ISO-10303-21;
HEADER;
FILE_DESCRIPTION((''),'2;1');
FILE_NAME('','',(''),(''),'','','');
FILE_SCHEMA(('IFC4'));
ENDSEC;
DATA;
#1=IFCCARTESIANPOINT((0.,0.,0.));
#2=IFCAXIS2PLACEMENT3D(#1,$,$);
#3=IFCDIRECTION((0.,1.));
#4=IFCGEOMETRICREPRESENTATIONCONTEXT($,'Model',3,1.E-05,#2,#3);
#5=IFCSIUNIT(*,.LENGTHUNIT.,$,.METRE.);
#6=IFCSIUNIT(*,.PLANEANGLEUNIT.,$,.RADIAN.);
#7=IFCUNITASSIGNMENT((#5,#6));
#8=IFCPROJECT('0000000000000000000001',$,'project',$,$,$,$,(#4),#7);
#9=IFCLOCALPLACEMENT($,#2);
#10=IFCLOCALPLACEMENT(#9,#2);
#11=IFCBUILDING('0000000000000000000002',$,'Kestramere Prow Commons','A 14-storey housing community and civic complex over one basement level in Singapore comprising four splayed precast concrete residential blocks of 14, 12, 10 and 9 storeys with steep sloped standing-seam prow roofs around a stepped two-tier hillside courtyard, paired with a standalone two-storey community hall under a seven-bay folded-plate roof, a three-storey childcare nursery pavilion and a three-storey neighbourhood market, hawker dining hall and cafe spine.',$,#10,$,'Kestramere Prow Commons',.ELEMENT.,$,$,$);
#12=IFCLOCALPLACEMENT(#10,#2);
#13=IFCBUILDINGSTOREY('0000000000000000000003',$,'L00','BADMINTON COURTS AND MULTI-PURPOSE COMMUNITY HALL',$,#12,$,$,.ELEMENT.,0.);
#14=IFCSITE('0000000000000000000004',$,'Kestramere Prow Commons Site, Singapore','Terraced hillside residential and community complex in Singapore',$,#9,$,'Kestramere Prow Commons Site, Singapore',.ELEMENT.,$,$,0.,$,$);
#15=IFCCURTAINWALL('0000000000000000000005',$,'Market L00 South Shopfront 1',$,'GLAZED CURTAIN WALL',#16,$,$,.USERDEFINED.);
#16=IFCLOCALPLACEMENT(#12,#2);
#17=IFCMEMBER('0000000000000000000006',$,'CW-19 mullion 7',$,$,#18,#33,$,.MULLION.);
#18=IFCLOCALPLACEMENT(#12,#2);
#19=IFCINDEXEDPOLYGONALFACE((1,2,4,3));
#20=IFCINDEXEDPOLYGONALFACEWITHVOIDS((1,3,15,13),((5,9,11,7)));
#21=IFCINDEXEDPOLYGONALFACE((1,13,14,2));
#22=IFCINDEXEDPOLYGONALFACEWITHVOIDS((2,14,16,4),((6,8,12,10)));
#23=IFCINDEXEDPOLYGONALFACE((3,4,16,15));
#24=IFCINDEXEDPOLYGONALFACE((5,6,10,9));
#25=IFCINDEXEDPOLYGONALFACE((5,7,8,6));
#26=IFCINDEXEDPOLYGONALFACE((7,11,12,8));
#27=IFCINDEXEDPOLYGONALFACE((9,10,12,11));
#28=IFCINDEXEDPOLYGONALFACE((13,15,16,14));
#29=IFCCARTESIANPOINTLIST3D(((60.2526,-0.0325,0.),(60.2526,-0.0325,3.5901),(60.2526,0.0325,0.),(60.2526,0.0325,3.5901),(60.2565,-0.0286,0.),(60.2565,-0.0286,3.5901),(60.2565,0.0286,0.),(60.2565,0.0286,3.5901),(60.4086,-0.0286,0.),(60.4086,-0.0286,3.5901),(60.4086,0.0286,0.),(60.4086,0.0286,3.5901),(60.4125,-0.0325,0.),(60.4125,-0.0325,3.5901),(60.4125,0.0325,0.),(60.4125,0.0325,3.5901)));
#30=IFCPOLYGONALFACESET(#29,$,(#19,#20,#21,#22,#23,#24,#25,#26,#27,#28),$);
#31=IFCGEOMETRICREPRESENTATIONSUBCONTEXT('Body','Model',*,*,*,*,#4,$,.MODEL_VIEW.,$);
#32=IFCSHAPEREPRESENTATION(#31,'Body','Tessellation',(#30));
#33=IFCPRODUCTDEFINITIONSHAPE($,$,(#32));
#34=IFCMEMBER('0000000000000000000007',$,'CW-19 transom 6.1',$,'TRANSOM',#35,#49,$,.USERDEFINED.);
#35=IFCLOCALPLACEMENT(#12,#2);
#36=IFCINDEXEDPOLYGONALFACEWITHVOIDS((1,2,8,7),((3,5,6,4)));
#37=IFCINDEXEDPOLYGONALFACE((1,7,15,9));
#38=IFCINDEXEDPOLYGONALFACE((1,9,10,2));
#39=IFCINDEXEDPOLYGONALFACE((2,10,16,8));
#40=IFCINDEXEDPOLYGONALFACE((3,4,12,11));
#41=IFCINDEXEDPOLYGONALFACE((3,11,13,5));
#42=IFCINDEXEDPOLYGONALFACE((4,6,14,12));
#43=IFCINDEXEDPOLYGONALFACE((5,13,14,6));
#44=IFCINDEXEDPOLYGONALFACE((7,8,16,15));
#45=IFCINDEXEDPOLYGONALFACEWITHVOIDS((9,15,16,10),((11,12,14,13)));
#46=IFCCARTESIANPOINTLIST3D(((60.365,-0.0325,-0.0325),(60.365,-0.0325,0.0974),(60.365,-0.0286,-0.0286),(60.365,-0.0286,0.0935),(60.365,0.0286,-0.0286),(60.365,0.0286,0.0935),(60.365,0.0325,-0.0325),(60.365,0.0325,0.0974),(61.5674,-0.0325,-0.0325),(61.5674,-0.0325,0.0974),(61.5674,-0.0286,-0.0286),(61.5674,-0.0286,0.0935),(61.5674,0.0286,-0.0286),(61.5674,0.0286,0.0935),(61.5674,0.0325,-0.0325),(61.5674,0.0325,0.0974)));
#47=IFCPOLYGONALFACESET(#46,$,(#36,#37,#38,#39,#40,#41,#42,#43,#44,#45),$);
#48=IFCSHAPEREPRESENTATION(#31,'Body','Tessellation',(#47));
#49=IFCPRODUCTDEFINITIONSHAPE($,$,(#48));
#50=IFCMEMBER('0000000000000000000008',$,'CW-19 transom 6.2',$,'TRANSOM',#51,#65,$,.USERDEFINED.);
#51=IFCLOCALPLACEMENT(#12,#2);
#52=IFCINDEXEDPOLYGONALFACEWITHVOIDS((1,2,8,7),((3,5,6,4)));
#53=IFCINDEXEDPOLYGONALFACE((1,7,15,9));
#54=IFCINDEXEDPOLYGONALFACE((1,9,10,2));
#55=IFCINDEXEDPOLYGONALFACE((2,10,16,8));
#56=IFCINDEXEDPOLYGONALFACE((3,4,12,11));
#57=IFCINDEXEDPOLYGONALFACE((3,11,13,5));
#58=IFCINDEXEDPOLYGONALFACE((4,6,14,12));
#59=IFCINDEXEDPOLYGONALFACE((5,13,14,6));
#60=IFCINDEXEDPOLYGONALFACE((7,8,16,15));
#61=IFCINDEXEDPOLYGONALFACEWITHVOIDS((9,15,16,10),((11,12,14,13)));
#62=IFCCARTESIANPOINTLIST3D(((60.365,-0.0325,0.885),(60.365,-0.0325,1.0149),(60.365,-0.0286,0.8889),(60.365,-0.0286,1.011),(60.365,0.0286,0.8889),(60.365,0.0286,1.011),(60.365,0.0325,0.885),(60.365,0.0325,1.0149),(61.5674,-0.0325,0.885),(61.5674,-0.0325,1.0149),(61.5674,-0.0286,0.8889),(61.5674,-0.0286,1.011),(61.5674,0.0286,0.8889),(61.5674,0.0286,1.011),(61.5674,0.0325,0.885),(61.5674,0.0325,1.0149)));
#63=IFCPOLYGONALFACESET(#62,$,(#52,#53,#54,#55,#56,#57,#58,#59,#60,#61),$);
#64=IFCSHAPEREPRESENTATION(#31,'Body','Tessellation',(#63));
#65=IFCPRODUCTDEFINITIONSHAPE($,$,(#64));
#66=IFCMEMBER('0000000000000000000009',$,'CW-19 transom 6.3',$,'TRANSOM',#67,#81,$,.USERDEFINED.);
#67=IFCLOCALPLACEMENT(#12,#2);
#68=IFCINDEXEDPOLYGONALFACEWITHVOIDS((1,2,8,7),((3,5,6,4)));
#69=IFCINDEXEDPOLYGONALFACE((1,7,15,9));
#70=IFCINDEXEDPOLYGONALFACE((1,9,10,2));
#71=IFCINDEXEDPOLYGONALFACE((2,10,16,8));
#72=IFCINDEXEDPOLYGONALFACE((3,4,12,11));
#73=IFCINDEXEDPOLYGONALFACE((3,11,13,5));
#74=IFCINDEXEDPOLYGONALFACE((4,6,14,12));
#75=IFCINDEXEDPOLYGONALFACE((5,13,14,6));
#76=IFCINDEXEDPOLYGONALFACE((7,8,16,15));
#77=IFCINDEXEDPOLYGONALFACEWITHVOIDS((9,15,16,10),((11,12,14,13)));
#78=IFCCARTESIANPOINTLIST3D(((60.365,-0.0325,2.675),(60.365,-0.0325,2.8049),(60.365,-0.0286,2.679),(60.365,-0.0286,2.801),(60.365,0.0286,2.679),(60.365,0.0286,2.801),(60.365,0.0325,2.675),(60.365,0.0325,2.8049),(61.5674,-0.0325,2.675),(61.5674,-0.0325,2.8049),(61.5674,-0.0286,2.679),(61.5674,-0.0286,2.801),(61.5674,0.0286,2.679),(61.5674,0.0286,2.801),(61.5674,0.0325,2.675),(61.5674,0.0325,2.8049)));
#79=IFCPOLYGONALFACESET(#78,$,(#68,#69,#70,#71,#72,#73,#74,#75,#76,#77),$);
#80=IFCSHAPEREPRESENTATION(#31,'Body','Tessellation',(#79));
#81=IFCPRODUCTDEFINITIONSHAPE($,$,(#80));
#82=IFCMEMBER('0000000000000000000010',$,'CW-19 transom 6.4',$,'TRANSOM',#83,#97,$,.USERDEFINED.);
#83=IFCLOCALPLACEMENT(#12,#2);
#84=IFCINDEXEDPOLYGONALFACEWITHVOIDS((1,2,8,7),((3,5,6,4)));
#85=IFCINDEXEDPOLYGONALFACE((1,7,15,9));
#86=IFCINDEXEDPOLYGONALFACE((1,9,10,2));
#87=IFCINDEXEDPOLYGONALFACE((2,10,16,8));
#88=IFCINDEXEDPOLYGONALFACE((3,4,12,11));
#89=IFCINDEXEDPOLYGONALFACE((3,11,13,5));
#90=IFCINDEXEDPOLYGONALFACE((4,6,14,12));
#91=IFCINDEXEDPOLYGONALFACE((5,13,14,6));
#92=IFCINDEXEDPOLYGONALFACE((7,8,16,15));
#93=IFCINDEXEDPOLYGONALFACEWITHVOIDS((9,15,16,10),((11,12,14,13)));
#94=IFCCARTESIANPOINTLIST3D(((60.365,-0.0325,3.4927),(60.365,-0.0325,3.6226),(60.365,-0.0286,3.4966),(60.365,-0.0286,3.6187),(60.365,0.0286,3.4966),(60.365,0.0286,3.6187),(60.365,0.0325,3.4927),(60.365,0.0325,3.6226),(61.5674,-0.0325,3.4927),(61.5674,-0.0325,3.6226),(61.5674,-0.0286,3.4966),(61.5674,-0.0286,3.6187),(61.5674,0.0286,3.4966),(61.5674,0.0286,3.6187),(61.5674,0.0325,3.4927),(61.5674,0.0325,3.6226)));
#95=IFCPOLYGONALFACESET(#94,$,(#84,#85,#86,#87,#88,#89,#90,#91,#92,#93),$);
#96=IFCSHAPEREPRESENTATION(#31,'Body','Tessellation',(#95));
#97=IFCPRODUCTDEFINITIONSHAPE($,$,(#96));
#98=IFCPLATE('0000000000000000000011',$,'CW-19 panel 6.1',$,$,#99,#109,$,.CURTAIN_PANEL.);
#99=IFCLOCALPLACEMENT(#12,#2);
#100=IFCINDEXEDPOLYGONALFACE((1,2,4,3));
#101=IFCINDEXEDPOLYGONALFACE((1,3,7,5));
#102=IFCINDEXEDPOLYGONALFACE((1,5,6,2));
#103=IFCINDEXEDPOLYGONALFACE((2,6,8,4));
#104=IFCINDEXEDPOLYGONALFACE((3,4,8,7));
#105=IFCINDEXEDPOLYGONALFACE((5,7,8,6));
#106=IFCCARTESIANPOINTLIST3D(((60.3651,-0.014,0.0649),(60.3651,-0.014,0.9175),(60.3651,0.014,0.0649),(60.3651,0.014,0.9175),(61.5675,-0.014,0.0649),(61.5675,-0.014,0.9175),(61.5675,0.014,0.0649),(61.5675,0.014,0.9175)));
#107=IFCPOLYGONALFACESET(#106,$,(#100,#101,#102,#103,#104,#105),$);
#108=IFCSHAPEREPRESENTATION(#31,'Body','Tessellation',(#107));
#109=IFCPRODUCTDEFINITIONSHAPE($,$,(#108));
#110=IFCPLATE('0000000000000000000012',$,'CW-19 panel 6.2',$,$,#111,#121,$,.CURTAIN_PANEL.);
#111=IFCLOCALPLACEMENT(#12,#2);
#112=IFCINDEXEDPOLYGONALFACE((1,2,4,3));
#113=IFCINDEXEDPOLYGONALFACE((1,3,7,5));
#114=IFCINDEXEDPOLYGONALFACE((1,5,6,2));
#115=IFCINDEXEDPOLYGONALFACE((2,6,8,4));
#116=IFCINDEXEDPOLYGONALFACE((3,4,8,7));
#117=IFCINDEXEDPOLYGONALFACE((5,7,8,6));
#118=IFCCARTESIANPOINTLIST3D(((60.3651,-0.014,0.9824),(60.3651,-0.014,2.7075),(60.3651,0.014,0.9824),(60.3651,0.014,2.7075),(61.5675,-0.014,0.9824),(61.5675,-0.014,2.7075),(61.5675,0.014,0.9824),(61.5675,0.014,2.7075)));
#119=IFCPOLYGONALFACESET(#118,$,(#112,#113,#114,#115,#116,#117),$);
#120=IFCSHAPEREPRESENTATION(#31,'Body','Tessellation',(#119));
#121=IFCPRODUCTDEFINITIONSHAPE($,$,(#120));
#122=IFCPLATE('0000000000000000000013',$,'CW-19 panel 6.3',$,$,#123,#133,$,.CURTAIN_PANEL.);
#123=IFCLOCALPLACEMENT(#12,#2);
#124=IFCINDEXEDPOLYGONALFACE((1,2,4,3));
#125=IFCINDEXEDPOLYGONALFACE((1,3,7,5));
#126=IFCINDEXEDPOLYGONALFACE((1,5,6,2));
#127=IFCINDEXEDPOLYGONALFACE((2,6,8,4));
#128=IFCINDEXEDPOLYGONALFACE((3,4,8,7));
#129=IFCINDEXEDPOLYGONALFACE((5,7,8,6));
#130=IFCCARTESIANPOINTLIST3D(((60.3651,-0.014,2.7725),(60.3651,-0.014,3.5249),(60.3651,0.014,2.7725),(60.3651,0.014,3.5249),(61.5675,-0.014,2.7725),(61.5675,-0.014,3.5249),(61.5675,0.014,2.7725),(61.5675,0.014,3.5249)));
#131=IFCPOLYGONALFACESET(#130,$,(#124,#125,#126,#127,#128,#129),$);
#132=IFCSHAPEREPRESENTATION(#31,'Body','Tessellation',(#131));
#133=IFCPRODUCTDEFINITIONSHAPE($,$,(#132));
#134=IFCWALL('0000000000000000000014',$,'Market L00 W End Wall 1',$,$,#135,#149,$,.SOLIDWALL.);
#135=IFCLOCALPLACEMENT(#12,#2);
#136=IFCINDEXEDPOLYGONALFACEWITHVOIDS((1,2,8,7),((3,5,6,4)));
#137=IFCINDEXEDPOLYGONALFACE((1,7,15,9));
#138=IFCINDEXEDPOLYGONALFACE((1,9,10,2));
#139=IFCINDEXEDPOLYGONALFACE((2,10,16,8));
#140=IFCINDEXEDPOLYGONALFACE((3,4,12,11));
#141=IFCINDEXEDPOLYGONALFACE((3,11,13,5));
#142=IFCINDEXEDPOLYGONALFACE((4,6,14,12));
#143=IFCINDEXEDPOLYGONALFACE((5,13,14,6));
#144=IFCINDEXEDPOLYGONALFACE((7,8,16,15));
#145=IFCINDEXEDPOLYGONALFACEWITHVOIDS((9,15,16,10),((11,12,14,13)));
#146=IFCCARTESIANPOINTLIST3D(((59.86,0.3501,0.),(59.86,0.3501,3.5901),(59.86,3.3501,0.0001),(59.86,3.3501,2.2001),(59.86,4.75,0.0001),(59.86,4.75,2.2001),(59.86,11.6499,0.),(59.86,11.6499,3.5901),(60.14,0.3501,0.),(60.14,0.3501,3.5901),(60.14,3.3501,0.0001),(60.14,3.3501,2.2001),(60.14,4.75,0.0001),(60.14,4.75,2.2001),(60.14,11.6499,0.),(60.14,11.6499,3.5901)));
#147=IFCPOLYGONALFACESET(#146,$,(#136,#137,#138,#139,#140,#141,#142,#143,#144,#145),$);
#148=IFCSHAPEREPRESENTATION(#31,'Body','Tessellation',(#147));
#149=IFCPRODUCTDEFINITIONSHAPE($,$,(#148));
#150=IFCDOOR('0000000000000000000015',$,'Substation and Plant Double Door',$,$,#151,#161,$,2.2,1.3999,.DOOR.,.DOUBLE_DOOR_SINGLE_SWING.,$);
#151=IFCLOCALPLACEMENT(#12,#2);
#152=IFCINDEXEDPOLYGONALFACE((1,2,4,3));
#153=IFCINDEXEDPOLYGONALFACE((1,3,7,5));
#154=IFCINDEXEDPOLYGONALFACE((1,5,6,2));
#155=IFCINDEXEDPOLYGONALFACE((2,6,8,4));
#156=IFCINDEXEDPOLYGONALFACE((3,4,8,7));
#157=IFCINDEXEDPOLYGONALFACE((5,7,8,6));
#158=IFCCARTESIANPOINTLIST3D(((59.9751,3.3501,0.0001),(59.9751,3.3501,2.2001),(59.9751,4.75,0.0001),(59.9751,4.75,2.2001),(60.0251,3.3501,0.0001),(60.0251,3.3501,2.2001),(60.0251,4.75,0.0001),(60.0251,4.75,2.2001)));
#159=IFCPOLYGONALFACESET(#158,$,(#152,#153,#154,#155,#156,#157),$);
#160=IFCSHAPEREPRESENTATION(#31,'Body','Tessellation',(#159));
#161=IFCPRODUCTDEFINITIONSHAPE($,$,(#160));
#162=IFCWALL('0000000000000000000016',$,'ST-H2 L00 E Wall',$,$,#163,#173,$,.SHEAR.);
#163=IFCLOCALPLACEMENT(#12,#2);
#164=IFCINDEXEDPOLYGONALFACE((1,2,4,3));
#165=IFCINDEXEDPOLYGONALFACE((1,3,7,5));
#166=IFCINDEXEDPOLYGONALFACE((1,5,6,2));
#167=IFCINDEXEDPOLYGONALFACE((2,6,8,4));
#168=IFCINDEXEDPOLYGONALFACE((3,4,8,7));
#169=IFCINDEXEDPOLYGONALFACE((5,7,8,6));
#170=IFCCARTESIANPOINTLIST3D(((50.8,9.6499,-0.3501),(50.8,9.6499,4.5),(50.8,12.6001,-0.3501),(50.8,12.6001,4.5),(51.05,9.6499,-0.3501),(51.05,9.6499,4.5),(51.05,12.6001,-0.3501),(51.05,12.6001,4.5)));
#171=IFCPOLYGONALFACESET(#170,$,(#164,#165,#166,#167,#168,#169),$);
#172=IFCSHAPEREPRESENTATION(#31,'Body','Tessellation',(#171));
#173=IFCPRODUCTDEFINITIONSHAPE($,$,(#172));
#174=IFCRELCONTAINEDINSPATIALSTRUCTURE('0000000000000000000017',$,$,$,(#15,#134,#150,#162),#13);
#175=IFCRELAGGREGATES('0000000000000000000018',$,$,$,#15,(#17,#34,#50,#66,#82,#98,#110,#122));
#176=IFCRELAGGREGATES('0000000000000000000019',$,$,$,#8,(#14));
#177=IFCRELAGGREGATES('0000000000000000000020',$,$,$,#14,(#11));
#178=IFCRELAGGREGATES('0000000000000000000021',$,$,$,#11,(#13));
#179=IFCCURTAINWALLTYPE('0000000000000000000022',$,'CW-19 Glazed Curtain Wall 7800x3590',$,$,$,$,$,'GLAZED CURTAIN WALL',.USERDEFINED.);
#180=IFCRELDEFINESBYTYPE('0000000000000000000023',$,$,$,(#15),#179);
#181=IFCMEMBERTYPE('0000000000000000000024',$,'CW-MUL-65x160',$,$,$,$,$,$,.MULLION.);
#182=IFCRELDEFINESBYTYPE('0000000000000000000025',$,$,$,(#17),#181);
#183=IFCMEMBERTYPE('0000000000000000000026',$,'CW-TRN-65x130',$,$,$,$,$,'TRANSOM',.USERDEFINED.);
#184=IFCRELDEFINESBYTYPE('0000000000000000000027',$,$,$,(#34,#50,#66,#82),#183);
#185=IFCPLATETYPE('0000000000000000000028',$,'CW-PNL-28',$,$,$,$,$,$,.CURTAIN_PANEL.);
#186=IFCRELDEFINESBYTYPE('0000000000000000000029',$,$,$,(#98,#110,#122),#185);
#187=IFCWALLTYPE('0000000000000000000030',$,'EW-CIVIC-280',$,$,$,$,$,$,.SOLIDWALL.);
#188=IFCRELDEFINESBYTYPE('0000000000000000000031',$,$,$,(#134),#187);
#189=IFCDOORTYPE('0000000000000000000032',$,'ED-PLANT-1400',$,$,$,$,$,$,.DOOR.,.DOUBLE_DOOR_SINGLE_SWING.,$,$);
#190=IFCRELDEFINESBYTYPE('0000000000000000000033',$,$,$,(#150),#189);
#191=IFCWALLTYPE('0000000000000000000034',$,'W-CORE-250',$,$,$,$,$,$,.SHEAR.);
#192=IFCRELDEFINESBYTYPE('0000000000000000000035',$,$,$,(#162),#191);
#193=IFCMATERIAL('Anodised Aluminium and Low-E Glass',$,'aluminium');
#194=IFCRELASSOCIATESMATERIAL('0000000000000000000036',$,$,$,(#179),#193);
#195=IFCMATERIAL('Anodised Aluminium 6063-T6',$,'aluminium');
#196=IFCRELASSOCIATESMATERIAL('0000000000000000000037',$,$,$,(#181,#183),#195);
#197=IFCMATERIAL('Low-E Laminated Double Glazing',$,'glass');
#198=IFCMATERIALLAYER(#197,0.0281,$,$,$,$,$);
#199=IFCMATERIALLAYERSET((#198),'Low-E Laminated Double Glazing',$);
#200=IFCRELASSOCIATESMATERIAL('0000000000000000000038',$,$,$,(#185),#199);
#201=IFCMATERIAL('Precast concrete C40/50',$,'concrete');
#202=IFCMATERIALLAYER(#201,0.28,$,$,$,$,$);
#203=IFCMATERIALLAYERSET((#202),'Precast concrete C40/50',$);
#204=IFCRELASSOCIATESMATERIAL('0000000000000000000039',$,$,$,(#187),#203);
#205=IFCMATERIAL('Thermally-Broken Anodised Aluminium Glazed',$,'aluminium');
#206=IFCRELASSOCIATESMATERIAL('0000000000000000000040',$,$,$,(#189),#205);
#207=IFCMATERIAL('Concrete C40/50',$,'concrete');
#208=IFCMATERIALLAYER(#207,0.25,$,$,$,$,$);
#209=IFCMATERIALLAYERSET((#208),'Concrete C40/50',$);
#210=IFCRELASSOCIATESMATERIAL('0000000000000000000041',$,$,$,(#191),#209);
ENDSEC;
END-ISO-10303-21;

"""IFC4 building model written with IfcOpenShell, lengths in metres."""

from ifc_helpers import new_model, si_unit, direction, frame, frame_2d, origin, origin_2d, place, context, subcontext, project, spatial, rectangle, hollow_rectangle, extrude, material, layer, layer_set, material_profile, profile_set, type_object, element, fill, aggregate, save


model = new_model("IFC4")

# Units and contexts
model_context = context("Model", 3, precision=1e-05, world=origin(), true_north=direction((0.0, 1.0)))
body_context = subcontext(model_context, "Body", "Model", "MODEL_VIEW")
ifc_project = project(units=[si_unit("LENGTHUNIT", "METRE"), si_unit("PLANEANGLEUNIT", "RADIAN")], contexts=[model_context])

# Site, building, storey
site_placement = place(None, origin())
site = spatial("IfcSite", under=ifc_project, at=site_placement, Name="Kestramere Prow Commons Site, Singapore", Description="Terraced hillside residential and community complex in Singapore", LongName="Kestramere Prow Commons Site, Singapore", CompositionType="ELEMENT", RefElevation=0.0)
building_placement = place(site_placement, origin())
building = spatial("IfcBuilding", under=site, at=building_placement, Name="Kestramere Prow Commons", Description="A 14-storey housing community and civic complex over one basement level in Singapore comprising four splayed precast concrete residential blocks of 14, 12, 10 and 9 storeys with steep sloped standing-seam prow roofs around a stepped two-tier hillside courtyard, paired with a standalone two-storey community hall under a seven-bay folded-plate roof, a three-storey childcare nursery pavilion and a three-storey neighbourhood market, hawker dining hall and cafe spine.", LongName="Kestramere Prow Commons", CompositionType="ELEMENT")
storey_placement = place(building_placement, origin())
storey = spatial("IfcBuildingStorey", under=building, at=storey_placement, Name="L00", Description="BADMINTON COURTS AND MULTI-PURPOSE COMMUNITY HALL", CompositionType="ELEMENT", Elevation=0.0)

# Shared definitions
ifc_material_1 = material(Name="Precast concrete C40/50", Category="concrete")

# Shared definitions
ifc_material_2 = material(Name="Concrete C40/50", Category="concrete")

# Curtain wall, members, plates
ifc_material_3 = material(Name="Anodised Aluminium and Low-E Glass", Category="aluminium")
curtain_wall_type = type_object("IfcCurtainWallType", Name="CW-19 Glazed Curtain Wall 7800x3590", ElementType="GLAZED CURTAIN WALL", PredefinedType="USERDEFINED", material=ifc_material_3)
curtain_wall_placement = place(storey_placement, origin())
curtain_wall = element("IfcCurtainWall", 1, at=curtain_wall_placement, inside=storey, type_object=curtain_wall_type, Name="Market L00 South Shopfront 1", ObjectType="GLAZED CURTAIN WALL", PredefinedType="USERDEFINED")
ifc_material_4 = material(Name="Anodised Aluminium 6063-T6", Category="aluminium")
ifc_material_profile_1 = material_profile(ifc_material_4, hollow_rectangle(XDim=0.0649, YDim=0.1599, WallThickness=0.0039, at=origin_2d()), Name="ALU-MUL 65x160")
ifc_profile_set_1 = profile_set([ifc_material_profile_1], Name="Anodised Aluminium 6063-T6")
member_type_1 = type_object("IfcMemberType", Name="CW-MUL-65x160", PredefinedType="MULLION", material=ifc_profile_set_1)
member_1_placement = place(storey_placement, frame((60.3325, 0.0, 0.0), z_axis=(0.0, 0.0, 1.0), x_axis=(0.0, -1.0, 0.0)))
member_1 = element("IfcMember", 2, at=member_1_placement, type_object=member_type_1, Name="CW-19 mullion 7", PredefinedType="MULLION", context=body_context, shape_type="SweptSolid", body=[
    extrude(hollow_rectangle(XDim=0.0649, YDim=0.1599, WallThickness=0.0039, at=origin_2d()), origin(), (0.0, 0.0, 1.0), 3.5901),
])
ifc_material_profile_2 = material_profile(ifc_material_4, hollow_rectangle(XDim=0.0649, YDim=0.1299, WallThickness=0.0039, at=origin_2d()), Name="ALU-TRN 65x130")
ifc_profile_set_2 = profile_set([ifc_material_profile_2], Name="Anodised Aluminium 6063-T6")
member_type_2 = type_object("IfcMemberType", Name="CW-TRN-65x130", ElementType="TRANSOM", PredefinedType="USERDEFINED", material=ifc_profile_set_2)
member_2_placement = place(storey_placement, frame((61.5674, 0.0, 0.0325), z_axis=(-1.0, 0.0, 0.0), x_axis=(0.0, -1.0, 0.0)))
member_2 = element("IfcMember", 3, at=member_2_placement, type_object=member_type_2, Name="CW-19 transom 6.1", ObjectType="TRANSOM", PredefinedType="USERDEFINED", context=body_context, shape_type="SweptSolid", body=[
    extrude(hollow_rectangle(XDim=0.0649, YDim=0.1299, WallThickness=0.0039, at=origin_2d()), origin(), (0.0, 0.0, 1.0), 1.2024),
])
member_3_placement = place(storey_placement, frame((61.5674, 0.0, 0.95), z_axis=(-1.0, 0.0, 0.0), x_axis=(0.0, -1.0, 0.0)))
member_3 = element("IfcMember", 4, at=member_3_placement, type_object=member_type_2, Name="CW-19 transom 6.2", ObjectType="TRANSOM", PredefinedType="USERDEFINED", context=body_context, shape_type="SweptSolid", body=[
    extrude(hollow_rectangle(XDim=0.0649, YDim=0.1299, WallThickness=0.0039, at=origin_2d()), origin(), (0.0, 0.0, 1.0), 1.2024),
])
member_4_placement = place(storey_placement, frame((61.5674, 0.0, 2.74), z_axis=(-1.0, 0.0, 0.0), x_axis=(0.0, -1.0, 0.0)))
member_4 = element("IfcMember", 5, at=member_4_placement, type_object=member_type_2, Name="CW-19 transom 6.3", ObjectType="TRANSOM", PredefinedType="USERDEFINED", context=body_context, shape_type="SweptSolid", body=[
    extrude(hollow_rectangle(XDim=0.0649, YDim=0.1299, WallThickness=0.0039, at=origin_2d()), origin(), (0.0, 0.0, 1.0), 1.2024),
])
member_5_placement = place(storey_placement, frame((61.5674, 0.0, 3.5576), z_axis=(-1.0, 0.0, 0.0), x_axis=(0.0, -1.0, 0.0)))
member_5 = element("IfcMember", 6, at=member_5_placement, type_object=member_type_2, Name="CW-19 transom 6.4", ObjectType="TRANSOM", PredefinedType="USERDEFINED", context=body_context, shape_type="SweptSolid", body=[
    extrude(hollow_rectangle(XDim=0.0649, YDim=0.1299, WallThickness=0.0039, at=origin_2d()), origin(), (0.0, 0.0, 1.0), 1.2024),
])
ifc_material_5 = material(Name="Low-E Laminated Double Glazing", Category="glass")
ifc_layer_1 = layer(ifc_material_5, 0.0281)
ifc_layer_set_1 = layer_set([ifc_layer_1], Name="Low-E Laminated Double Glazing")
plate_type = type_object("IfcPlateType", Name="CW-PNL-28", PredefinedType="CURTAIN_PANEL", material=ifc_layer_set_1)
plate_1_placement = place(storey_placement, frame((60.9663, 0.0, 0.0649), z_axis=(0.0, 0.0, 1.0), x_axis=(-1.0, 0.0, 0.0)))
plate_1 = element("IfcPlate", 7, at=plate_1_placement, type_object=plate_type, Name="CW-19 panel 6.1", PredefinedType="CURTAIN_PANEL", context=body_context, shape_type="SweptSolid", body=[
    extrude(rectangle(XDim=1.2024, YDim=0.0281, at=origin_2d()), origin(), (0.0, 0.0, 1.0), 0.8525),
])
plate_2_placement = place(storey_placement, frame((60.9663, 0.0, 0.9824), z_axis=(0.0, 0.0, 1.0), x_axis=(-1.0, 0.0, 0.0)))
plate_2 = element("IfcPlate", 8, at=plate_2_placement, type_object=plate_type, Name="CW-19 panel 6.2", PredefinedType="CURTAIN_PANEL", context=body_context, shape_type="SweptSolid", body=[
    extrude(rectangle(XDim=1.2024, YDim=0.0281, at=origin_2d()), origin(), (0.0, 0.0, 1.0), 1.7251),
])
plate_3_placement = place(storey_placement, frame((60.9663, 0.0, 2.7725), z_axis=(0.0, 0.0, 1.0), x_axis=(-1.0, 0.0, 0.0)))
plate_3 = element("IfcPlate", 9, at=plate_3_placement, type_object=plate_type, Name="CW-19 panel 6.3", PredefinedType="CURTAIN_PANEL", context=body_context, shape_type="SweptSolid", body=[
    extrude(rectangle(XDim=1.2024, YDim=0.0281, at=origin_2d()), origin(), (0.0, 0.0, 1.0), 0.7524),
])
aggregate(curtain_wall, [member_1, member_2, member_3, member_4, member_5, plate_1, plate_2, plate_3])

# Wall, opening, door
ifc_layer_2 = layer(ifc_material_1, 0.28)
ifc_layer_set_2 = layer_set([ifc_layer_2], Name="Precast concrete C40/50")
wall_type_1 = type_object("IfcWallType", Name="EW-CIVIC-280", PredefinedType="SOLIDWALL", material=ifc_layer_set_2)
ifc_material_6 = material(Name="Thermally-Broken Anodised Aluminium Glazed", Category="aluminium")
wall_1_placement = place(storey_placement, frame((60.0, 0.3501, 0.0), z_axis=(0.0, 0.0, 1.0), x_axis=(0.0, 1.0, 0.0)))
wall_1 = element("IfcWall", 10, at=wall_1_placement, inside=storey, type_object=wall_type_1, Name="Market L00 W End Wall 1", PredefinedType="SOLIDWALL", context=body_context, shape_type="SweptSolid", body=[
    extrude(rectangle(XDim=11.2998, YDim=0.28, at=frame_2d((5.6499, 0.0))), origin(), (0.0, 0.0, 1.0), 3.5901),
])
opening_1_placement = place(wall_1_placement, frame((3.0, 0.0, 0.0)))
opening_1 = element("IfcOpeningElement", 11, at=opening_1_placement, cuts=wall_1, PredefinedType="OPENING", context=body_context, shape_type="SweptSolid", body=[
    extrude(rectangle(XDim=1.3999, YDim=2.2, at=frame_2d((0.7, 1.1001))), frame((0.0, 0.155, 0.0), z_axis=(0.0, -1.0, 0.0), x_axis=(1.0, 0.0, 0.0)), (0.0, 0.0, 1.0), 0.3101),
])
door_type_1 = type_object("IfcDoorType", Name="ED-PLANT-1400", OperationType="DOUBLE_DOOR_SINGLE_SWING", PredefinedType="DOOR", material=ifc_material_6)
door_1_placement = place(opening_1_placement, origin())
door_1 = element("IfcDoor", 12, at=door_1_placement, inside=storey, type_object=door_type_1, Name="Substation and Plant Double Door", OperationType="DOUBLE_DOOR_SINGLE_SWING", OverallHeight=2.2, OverallWidth=1.3999, PredefinedType="DOOR", context=body_context, shape_type="SweptSolid", body=[
    extrude(rectangle(XDim=1.3999, YDim=2.2, at=frame_2d((0.7, 1.1001))), frame((0.0, 0.0249, 0.0), z_axis=(0.0, -1.0, 0.0), x_axis=(1.0, 0.0, 0.0)), (0.0, 0.0, 1.0), 0.05),
])
fill(opening_1, door_1)

# Wall
ifc_layer_3 = layer(ifc_material_2, 0.25)
ifc_layer_set_3 = layer_set([ifc_layer_3], Name="Concrete C40/50")
wall_type_2 = type_object("IfcWallType", Name="W-CORE-250", PredefinedType="SHEAR", material=ifc_layer_set_3)
wall_2_placement = place(storey_placement, frame((50.925, 9.6499, -0.3501), z_axis=(0.0, 0.0, 1.0), x_axis=(0.0, 1.0, 0.0)))
element("IfcWall", 13, at=wall_2_placement, inside=storey, type_object=wall_type_2, Name="ST-H2 L00 E Wall", PredefinedType="SHEAR", context=body_context, shape_type="SweptSolid", body=[
    extrude(rectangle(XDim=2.9502, YDim=0.25, at=frame_2d((1.4751, 0.0))), origin(), (0.0, 0.0, 1.0), 4.8501),
])

save(model, "model.ifc")
